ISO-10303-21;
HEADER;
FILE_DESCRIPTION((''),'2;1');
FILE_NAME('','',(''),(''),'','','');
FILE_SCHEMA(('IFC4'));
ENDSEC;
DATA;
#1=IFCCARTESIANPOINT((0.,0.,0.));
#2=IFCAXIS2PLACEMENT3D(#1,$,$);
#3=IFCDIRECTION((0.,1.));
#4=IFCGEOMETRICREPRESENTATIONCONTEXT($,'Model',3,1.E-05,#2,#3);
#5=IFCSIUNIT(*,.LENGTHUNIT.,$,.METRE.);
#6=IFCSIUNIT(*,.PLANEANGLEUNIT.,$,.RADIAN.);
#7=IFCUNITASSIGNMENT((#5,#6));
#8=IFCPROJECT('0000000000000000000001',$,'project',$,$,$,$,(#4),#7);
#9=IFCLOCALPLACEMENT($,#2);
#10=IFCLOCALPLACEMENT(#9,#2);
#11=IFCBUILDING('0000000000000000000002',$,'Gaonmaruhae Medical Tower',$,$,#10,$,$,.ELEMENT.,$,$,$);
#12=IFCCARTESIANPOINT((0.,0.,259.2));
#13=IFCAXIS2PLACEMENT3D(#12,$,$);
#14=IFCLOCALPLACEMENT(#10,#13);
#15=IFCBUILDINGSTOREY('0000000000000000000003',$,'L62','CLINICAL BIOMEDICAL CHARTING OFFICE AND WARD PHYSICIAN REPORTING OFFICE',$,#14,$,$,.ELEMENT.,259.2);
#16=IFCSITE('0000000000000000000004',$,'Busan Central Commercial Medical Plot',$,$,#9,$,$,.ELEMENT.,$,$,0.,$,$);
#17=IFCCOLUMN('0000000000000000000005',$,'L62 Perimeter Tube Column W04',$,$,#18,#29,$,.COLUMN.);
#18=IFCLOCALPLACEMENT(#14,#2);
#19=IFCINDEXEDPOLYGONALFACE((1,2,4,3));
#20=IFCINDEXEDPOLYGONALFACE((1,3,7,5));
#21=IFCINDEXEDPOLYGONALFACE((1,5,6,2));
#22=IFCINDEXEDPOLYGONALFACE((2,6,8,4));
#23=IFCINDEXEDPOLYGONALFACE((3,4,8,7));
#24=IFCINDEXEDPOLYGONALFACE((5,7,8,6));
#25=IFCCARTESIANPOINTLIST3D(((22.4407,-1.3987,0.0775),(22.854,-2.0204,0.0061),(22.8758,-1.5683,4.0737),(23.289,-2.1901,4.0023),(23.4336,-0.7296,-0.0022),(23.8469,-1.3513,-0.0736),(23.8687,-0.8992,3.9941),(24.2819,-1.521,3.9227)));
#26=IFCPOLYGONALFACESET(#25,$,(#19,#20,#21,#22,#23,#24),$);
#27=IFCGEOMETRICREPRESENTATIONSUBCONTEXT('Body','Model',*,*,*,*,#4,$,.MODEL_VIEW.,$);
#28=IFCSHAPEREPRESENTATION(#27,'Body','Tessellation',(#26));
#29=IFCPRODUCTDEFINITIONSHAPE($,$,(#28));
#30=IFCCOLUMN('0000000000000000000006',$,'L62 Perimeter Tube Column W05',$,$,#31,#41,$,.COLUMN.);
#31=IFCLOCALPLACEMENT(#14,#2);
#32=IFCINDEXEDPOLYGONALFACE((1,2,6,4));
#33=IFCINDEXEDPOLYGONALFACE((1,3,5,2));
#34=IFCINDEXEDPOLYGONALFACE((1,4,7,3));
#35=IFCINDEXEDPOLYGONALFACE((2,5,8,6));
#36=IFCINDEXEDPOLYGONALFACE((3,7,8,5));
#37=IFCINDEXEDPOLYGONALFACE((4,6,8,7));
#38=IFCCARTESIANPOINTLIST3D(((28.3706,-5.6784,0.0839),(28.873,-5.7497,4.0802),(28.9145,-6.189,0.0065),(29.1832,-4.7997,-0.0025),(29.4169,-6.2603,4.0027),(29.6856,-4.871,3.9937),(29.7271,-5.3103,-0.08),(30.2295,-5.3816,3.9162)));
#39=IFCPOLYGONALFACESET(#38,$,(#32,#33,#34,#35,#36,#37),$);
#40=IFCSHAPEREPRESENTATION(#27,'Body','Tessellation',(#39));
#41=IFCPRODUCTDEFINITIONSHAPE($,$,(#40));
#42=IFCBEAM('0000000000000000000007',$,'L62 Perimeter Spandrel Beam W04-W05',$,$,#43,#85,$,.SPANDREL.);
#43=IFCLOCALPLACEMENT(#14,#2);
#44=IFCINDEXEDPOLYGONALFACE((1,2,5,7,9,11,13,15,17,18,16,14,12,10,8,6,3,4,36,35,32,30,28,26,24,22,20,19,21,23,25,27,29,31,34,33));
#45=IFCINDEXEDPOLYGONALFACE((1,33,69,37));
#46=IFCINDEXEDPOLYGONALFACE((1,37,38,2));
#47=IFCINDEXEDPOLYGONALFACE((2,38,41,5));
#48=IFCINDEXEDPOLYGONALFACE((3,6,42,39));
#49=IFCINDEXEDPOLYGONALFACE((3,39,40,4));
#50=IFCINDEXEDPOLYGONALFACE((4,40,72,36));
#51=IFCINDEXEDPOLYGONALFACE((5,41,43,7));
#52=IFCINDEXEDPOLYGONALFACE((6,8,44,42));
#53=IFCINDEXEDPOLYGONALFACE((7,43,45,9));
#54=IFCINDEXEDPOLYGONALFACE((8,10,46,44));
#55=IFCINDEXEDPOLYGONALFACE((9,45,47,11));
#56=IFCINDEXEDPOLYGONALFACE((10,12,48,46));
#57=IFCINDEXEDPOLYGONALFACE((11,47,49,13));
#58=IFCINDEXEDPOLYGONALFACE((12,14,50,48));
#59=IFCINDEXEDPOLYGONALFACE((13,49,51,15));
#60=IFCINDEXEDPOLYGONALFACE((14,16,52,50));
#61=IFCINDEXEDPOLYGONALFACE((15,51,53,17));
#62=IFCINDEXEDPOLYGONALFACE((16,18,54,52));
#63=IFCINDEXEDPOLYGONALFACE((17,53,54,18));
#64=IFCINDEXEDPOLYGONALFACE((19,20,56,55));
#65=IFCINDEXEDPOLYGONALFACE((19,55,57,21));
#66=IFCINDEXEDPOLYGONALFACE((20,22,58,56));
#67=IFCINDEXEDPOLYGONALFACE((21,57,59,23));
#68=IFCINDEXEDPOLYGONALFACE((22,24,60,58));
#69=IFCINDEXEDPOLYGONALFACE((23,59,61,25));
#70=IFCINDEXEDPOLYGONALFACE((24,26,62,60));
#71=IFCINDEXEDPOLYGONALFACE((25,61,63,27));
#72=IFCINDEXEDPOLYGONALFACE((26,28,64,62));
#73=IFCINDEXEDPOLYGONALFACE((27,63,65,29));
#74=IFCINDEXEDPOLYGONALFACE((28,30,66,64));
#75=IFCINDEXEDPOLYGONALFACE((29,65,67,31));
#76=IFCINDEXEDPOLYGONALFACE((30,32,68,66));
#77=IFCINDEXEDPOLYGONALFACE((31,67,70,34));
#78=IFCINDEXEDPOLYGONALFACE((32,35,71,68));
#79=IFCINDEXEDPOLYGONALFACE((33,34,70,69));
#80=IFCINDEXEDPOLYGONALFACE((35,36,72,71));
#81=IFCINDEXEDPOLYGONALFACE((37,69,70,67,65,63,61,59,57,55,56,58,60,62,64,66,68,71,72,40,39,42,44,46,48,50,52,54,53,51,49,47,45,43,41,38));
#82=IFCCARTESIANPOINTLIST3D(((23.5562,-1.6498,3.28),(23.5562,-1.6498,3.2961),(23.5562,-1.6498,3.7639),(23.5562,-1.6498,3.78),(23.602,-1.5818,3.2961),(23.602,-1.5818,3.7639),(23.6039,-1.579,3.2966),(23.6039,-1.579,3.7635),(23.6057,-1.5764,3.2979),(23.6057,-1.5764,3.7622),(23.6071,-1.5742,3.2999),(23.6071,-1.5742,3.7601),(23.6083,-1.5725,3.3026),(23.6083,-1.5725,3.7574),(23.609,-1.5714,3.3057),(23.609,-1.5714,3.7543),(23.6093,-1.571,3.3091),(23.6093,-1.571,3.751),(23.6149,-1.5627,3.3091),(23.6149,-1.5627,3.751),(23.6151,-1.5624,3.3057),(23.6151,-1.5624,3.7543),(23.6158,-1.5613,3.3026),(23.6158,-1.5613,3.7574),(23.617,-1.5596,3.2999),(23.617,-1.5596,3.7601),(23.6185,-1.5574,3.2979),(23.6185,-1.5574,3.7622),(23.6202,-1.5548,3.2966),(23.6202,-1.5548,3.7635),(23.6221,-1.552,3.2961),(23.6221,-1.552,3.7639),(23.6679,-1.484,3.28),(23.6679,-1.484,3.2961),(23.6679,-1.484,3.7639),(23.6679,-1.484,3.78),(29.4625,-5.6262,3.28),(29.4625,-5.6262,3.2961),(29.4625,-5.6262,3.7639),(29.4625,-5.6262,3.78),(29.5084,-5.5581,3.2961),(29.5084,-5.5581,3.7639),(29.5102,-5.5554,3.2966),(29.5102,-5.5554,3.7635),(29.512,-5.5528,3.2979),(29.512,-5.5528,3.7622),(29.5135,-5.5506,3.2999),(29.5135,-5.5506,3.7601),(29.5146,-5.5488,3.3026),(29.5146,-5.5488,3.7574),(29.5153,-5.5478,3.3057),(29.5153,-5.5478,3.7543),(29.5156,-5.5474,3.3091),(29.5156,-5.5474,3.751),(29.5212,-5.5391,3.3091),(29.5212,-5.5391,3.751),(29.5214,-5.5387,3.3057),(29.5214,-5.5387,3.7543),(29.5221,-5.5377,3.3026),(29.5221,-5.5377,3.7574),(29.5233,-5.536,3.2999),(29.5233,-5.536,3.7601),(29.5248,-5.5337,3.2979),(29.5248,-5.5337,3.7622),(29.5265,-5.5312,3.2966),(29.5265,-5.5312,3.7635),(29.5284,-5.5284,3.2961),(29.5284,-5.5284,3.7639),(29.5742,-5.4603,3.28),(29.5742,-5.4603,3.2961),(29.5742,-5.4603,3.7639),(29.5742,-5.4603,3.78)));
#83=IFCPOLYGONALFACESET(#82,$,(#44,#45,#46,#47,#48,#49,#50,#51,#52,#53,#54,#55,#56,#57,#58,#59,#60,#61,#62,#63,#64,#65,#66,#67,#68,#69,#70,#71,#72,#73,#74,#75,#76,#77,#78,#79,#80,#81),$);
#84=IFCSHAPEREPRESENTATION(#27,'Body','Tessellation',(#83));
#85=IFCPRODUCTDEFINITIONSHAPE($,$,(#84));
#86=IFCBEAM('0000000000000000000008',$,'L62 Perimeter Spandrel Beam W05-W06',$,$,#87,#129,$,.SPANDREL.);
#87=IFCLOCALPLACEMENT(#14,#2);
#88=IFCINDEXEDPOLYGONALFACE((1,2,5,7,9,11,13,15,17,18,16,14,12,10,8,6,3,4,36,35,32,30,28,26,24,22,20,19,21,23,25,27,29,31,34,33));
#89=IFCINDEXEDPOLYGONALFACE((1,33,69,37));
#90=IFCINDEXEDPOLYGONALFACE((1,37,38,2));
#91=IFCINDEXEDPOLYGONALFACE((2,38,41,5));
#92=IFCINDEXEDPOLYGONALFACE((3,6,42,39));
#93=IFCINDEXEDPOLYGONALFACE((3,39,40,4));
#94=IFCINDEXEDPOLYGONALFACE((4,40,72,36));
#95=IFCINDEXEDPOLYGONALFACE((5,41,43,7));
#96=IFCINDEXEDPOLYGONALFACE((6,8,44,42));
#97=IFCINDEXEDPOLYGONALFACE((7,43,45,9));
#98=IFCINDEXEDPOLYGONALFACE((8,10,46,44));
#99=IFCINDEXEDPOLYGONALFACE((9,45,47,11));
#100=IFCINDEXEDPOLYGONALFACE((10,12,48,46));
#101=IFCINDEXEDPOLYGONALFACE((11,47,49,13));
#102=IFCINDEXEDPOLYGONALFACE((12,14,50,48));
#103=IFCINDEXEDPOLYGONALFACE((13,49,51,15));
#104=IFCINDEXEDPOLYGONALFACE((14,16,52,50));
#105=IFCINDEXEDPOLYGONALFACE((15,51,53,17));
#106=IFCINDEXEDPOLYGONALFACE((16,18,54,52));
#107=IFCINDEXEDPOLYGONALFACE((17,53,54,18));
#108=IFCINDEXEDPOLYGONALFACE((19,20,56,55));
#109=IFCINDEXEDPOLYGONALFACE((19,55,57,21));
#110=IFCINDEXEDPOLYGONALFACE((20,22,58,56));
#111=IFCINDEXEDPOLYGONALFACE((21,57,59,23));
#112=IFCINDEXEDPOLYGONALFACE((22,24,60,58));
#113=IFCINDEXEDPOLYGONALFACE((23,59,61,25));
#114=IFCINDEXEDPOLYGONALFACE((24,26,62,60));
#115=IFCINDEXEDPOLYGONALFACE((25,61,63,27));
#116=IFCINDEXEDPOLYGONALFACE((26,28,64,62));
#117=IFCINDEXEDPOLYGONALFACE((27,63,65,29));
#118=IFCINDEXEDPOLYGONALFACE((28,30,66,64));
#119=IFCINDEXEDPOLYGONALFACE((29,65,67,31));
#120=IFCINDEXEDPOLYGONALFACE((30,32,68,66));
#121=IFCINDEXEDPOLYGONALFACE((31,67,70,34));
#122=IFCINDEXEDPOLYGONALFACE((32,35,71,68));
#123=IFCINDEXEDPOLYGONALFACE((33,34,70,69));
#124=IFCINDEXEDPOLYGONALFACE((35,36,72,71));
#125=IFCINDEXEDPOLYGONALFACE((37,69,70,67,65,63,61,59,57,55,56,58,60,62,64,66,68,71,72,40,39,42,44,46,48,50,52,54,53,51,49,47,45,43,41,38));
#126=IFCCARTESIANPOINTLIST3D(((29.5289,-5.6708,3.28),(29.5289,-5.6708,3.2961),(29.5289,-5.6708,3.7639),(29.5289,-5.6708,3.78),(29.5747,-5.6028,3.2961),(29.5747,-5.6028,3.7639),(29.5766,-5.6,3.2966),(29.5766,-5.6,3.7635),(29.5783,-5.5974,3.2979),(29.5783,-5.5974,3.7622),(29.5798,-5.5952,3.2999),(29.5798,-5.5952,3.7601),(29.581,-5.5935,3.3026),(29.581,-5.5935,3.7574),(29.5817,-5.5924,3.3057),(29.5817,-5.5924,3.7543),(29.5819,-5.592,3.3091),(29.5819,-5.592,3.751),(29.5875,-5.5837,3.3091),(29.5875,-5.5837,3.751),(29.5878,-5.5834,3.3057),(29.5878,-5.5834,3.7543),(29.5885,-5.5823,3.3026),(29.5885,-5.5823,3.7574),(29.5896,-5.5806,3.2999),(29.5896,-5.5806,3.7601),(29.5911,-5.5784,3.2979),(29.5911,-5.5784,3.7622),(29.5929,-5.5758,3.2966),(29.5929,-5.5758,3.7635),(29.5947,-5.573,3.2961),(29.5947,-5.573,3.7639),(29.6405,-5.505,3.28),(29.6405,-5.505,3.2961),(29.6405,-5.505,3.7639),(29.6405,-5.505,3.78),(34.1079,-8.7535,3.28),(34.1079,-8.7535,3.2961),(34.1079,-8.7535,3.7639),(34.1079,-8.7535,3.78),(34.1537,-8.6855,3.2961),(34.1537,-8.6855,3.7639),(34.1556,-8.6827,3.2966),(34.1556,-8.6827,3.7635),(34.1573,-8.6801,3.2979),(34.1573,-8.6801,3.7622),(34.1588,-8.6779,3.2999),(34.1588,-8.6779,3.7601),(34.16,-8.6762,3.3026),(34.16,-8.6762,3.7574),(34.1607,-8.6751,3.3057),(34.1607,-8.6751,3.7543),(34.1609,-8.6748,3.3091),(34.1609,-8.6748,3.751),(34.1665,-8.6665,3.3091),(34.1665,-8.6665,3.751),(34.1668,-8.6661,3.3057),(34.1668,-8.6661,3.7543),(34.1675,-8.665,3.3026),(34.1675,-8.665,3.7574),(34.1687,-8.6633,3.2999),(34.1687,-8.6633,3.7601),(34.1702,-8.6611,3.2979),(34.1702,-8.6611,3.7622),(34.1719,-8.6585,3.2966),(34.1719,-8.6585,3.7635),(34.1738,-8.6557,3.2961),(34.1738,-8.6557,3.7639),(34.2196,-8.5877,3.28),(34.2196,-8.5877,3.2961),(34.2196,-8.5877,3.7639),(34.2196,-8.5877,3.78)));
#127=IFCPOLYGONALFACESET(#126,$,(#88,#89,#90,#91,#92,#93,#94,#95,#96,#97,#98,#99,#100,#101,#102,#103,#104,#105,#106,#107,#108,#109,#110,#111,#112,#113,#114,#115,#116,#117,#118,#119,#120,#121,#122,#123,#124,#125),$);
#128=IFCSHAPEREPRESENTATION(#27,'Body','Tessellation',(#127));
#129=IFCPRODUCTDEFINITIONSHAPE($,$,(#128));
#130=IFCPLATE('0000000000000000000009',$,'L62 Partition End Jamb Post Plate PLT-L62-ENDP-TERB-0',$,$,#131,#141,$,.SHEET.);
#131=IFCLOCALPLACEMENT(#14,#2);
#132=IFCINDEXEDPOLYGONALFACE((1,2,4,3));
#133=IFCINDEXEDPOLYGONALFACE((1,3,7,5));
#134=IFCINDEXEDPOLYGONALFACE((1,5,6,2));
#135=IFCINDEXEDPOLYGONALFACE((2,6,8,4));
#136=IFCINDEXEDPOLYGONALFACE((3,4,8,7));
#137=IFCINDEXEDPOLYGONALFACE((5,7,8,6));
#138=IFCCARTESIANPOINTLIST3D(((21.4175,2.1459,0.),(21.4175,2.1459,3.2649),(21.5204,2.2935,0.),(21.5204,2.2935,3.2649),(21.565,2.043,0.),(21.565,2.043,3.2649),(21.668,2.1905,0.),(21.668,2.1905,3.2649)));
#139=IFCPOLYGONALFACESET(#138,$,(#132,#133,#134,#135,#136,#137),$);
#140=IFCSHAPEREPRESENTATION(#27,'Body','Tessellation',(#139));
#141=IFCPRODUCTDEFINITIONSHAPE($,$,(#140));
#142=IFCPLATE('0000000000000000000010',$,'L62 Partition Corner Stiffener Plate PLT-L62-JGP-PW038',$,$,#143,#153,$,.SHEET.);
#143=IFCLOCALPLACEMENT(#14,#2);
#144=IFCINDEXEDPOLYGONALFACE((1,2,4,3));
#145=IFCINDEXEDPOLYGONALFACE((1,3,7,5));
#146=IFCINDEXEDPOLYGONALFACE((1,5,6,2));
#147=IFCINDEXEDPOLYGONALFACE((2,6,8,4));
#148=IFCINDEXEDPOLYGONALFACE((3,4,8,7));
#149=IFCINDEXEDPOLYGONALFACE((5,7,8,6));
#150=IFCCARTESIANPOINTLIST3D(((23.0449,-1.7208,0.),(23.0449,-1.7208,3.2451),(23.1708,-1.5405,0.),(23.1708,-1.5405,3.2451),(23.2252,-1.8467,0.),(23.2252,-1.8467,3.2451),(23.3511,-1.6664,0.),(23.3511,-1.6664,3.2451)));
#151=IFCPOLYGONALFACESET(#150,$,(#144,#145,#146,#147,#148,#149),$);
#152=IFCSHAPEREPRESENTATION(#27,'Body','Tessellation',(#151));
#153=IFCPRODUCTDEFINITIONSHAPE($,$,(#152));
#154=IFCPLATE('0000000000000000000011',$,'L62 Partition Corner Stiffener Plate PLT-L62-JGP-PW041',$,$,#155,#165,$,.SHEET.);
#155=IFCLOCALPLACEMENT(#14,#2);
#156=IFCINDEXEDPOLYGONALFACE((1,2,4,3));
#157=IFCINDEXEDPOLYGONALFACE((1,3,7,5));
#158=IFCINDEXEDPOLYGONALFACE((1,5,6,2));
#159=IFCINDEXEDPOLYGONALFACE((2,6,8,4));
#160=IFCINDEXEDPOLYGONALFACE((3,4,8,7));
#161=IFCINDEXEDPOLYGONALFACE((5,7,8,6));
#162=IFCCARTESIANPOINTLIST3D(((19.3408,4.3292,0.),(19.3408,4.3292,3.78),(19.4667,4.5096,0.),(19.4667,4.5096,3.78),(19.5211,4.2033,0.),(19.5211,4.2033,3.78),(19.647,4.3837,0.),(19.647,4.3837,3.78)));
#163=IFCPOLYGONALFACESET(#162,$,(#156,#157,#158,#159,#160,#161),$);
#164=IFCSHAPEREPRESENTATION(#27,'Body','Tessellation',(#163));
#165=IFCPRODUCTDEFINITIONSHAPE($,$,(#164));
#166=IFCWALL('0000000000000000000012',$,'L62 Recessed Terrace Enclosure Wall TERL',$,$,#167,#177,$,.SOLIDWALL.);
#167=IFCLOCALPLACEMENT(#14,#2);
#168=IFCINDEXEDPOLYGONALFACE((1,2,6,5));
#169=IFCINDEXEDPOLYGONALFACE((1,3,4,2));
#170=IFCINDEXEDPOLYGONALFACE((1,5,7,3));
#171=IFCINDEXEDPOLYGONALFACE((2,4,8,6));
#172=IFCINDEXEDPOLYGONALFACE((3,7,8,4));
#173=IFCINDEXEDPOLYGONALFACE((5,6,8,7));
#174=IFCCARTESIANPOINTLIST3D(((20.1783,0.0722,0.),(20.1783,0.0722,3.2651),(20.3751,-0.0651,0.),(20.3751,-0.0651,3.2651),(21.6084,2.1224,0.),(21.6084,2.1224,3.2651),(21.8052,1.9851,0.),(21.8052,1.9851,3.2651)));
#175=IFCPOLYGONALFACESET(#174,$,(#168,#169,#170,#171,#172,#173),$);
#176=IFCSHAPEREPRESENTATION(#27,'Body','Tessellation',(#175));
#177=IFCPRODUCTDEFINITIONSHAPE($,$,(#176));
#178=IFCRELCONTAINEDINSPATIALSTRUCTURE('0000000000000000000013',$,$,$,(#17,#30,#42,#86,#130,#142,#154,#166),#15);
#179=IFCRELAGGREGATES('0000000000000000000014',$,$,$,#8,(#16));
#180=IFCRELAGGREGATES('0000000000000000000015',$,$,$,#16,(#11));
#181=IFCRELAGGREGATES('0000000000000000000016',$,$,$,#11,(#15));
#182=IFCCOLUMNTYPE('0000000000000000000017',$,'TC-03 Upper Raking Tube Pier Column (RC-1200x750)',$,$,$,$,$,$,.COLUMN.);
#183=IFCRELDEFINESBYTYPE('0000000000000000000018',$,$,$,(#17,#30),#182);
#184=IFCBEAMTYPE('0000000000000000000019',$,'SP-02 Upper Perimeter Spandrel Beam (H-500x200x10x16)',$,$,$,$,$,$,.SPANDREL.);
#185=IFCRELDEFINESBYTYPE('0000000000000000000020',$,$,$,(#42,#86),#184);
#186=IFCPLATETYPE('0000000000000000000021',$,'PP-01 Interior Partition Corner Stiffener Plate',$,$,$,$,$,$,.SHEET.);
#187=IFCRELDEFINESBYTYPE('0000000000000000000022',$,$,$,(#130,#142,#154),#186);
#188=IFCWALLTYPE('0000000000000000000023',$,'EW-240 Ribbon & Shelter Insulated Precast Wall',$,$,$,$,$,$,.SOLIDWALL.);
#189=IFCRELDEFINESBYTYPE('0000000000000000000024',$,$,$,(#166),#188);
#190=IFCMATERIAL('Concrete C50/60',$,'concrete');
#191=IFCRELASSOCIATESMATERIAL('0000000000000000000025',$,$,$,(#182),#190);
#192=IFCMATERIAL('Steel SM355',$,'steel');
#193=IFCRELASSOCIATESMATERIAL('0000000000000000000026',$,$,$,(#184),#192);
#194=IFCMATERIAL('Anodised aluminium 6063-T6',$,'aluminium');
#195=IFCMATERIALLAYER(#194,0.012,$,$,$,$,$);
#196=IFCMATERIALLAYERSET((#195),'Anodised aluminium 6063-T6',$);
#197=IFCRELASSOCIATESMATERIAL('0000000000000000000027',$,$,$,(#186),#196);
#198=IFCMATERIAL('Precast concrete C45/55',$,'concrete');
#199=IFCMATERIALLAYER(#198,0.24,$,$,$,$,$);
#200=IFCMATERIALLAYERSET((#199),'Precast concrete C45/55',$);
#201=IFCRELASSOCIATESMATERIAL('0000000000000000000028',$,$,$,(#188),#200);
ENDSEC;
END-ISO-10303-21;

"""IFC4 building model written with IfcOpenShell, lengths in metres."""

from ifc_helpers import new_model, si_unit, direction, frame, frame_2d, origin, origin_2d, place, context, subcontext, project, spatial, rectangle, i_section, extrude, material, layer, layer_set, material_profile, profile_set, type_object, element, save


model = new_model("IFC4")

# Units and contexts
model_context = context("Model", 3, precision=1e-05, world=origin(), true_north=direction((0.0, 1.0)))
body_context = subcontext(model_context, "Body", "Model", "MODEL_VIEW")
ifc_project = project(units=[si_unit("LENGTHUNIT", "METRE"), si_unit("PLANEANGLEUNIT", "RADIAN")], contexts=[model_context])

# Site, building, storey
site_placement = place(None, origin())
site = spatial("IfcSite", under=ifc_project, at=site_placement, Name="Busan Central Commercial Medical Plot", CompositionType="ELEMENT", RefElevation=0.0)
building_placement = place(site_placement, origin())
building = spatial("IfcBuilding", under=site, at=building_placement, Name="Gaonmaruhae Medical Tower", CompositionType="ELEMENT")
storey_placement = place(building_placement, frame((0.0, 0.0, 259.2)))
storey = spatial("IfcBuildingStorey", under=building, at=storey_placement, Name="L62", Description="CLINICAL BIOMEDICAL CHARTING OFFICE AND WARD PHYSICIAN REPORTING OFFICE", CompositionType="ELEMENT", Elevation=259.2)

# Columns
ifc_material_1 = material(Name="Concrete C50/60", Category="concrete")
ifc_material_profile_1 = material_profile(ifc_material_1, rectangle(XDim=1.2, YDim=0.75, at=origin_2d()), Name="RC-1200x750")
ifc_profile_set_1 = profile_set([ifc_material_profile_1], Name="Concrete C50/60")
column_type = type_object("IfcColumnType", Name="TC-03 Upper Raking Tube Pier Column (RC-1200x750)", PredefinedType="COLUMN", material=ifc_profile_set_1)
column_1_placement = place(storey_placement, frame((23.1438, -1.375, 0.002), z_axis=(0.108129, -0.042171, 0.993242), x_axis=(-0.827444, -0.557609, 0.066404)))
element("IfcColumn", 1, at=column_1_placement, inside=storey, type_object=column_type, Name="L62 Perimeter Tube Column W04", PredefinedType="COLUMN", context=body_context, shape_type="SweptSolid", body=[
    extrude(rectangle(XDim=1.2, YDim=0.75, at=origin_2d()), origin(), (0.0, 0.0, 1.0), 4.0234),
])
column_2_placement = place(storey_placement, frame((29.0488, -5.4944, 0.002), z_axis=(0.124724, -0.017696, 0.992034), x_axis=(-0.677173, -0.732285, 0.072075)))
element("IfcColumn", 2, at=column_2_placement, inside=storey, type_object=column_type, Name="L62 Perimeter Tube Column W05", PredefinedType="COLUMN", context=body_context, shape_type="SweptSolid", body=[
    extrude(rectangle(XDim=1.2, YDim=0.75, at=origin_2d()), origin(), (0.0, 0.0, 1.0), 4.0283),
])

# Beams
ifc_material_2 = material(Name="Steel SM355", Category="steel")
ifc_material_profile_2 = material_profile(ifc_material_2, i_section(OverallWidth=0.2, OverallDepth=0.5, WebThickness=0.01, FlangeThickness=0.0161, FilletRadius=0.0129, at=origin_2d()), Name="H-500x200x10x16")
ifc_profile_set_2 = profile_set([ifc_material_profile_2], Name="Steel SM355")
beam_type = type_object("IfcBeamType", Name="SP-02 Upper Perimeter Spandrel Beam (H-500x200x10x16)", PredefinedType="SPANDREL", material=ifc_profile_set_2)
beam_1_placement = place(storey_placement, frame((23.6121, -1.5669, 3.53), z_axis=(0.829525, -0.558469, 0.0), x_axis=(0.558469, 0.829525, 0.0)))
element("IfcBeam", 3, at=beam_1_placement, inside=storey, type_object=beam_type, Name="L62 Perimeter Spandrel Beam W04-W05", PredefinedType="SPANDREL", context=body_context, shape_type="SweptSolid", body=[
    extrude(i_section(OverallWidth=0.2, OverallDepth=0.5, WebThickness=0.01, FlangeThickness=0.0161, FilletRadius=0.0129, at=origin_2d()), origin(), (0.0, 0.0, 1.0), 7.1201),
])
beam_2_placement = place(storey_placement, frame((29.5847, -5.5879, 3.53), z_axis=(0.829531, -0.558461, 0.0), x_axis=(0.558461, 0.829531, 0.0)))
element("IfcBeam", 4, at=beam_2_placement, inside=storey, type_object=beam_type, Name="L62 Perimeter Spandrel Beam W05-W06", PredefinedType="SPANDREL", context=body_context, shape_type="SweptSolid", body=[
    extrude(i_section(OverallWidth=0.2, OverallDepth=0.5, WebThickness=0.01, FlangeThickness=0.0161, FilletRadius=0.0129, at=origin_2d()), origin(), (0.0, 0.0, 1.0), 5.52),
])

# Plates
ifc_material_3 = material(Name="Anodised aluminium 6063-T6", Category="aluminium")
ifc_layer_1 = layer(ifc_material_3, 0.012)
ifc_layer_set_1 = layer_set([ifc_layer_1], Name="Anodised aluminium 6063-T6")
plate_type = type_object("IfcPlateType", Name="PP-01 Interior Partition Corner Stiffener Plate", PredefinedType="SHEET", material=ifc_layer_set_1)
plate_1_placement = place(storey_placement, frame((21.5427, 2.1682, 0.0), z_axis=(0.0, 0.0, 1.0), x_axis=(-0.820142, 0.57216, 0.0)))
element("IfcPlate", 5, at=plate_1_placement, inside=storey, type_object=plate_type, Name="L62 Partition End Jamb Post Plate PLT-L62-ENDP-TERB-0", PredefinedType="SHEET", context=body_context, shape_type="SweptSolid", body=[
    extrude(rectangle(XDim=0.1799, YDim=0.1799, at=origin_2d()), origin(), (0.0, 0.0, 1.0), 3.2649),
])
plate_2_placement = place(storey_placement, frame((23.198, -1.6936, 0.0), z_axis=(0.0, 0.0, 1.0), x_axis=(-0.819942, 0.572446, 0.0)))
element("IfcPlate", 6, at=plate_2_placement, inside=storey, type_object=plate_type, Name="L62 Partition Corner Stiffener Plate PLT-L62-JGP-PW038", PredefinedType="SHEET", context=body_context, shape_type="SweptSolid", body=[
    extrude(rectangle(XDim=0.22, YDim=0.22, at=origin_2d()), origin(), (0.0, 0.0, 1.0), 3.2451),
])
plate_3_placement = place(storey_placement, frame((19.4939, 4.3564, 0.0), z_axis=(0.0, 0.0, 1.0), x_axis=(0.572504, 0.819902, 0.0)))
element("IfcPlate", 7, at=plate_3_placement, inside=storey, type_object=plate_type, Name="L62 Partition Corner Stiffener Plate PLT-L62-JGP-PW041", PredefinedType="SHEET", context=body_context, shape_type="SweptSolid", body=[
    extrude(rectangle(XDim=0.22, YDim=0.22, at=origin_2d()), origin(), (0.0, 0.0, 1.0), 3.78),
])

# Shared definitions
ifc_material_4 = material(Name="Precast concrete C45/55", Category="concrete")
ifc_layer_2 = layer(ifc_material_4, 0.24)
ifc_layer_set_2 = layer_set([ifc_layer_2], Name="Precast concrete C45/55")
wall_type_1 = type_object("IfcWallType", Name="EW-240 Ribbon & Shelter Insulated Precast Wall", PredefinedType="SOLIDWALL", material=ifc_layer_set_2)

# Wall
wall_1_placement = place(storey_placement, frame((20.2766, 0.0034, 0.0), z_axis=(0.0, 0.0, 1.0), x_axis=(0.572111, 0.820176, 0.0)))
element("IfcWall", 8, at=wall_1_placement, inside=storey, type_object=wall_type_1, Name="L62 Recessed Terrace Enclosure Wall TERL", PredefinedType="SOLIDWALL", context=body_context, shape_type="SweptSolid", body=[
    extrude(rectangle(XDim=2.4998, YDim=0.24, at=frame_2d((1.25, 0.0))), origin(), (0.0, 0.0, 1.0), 3.2651),
])

save(model, "model.ifc")
